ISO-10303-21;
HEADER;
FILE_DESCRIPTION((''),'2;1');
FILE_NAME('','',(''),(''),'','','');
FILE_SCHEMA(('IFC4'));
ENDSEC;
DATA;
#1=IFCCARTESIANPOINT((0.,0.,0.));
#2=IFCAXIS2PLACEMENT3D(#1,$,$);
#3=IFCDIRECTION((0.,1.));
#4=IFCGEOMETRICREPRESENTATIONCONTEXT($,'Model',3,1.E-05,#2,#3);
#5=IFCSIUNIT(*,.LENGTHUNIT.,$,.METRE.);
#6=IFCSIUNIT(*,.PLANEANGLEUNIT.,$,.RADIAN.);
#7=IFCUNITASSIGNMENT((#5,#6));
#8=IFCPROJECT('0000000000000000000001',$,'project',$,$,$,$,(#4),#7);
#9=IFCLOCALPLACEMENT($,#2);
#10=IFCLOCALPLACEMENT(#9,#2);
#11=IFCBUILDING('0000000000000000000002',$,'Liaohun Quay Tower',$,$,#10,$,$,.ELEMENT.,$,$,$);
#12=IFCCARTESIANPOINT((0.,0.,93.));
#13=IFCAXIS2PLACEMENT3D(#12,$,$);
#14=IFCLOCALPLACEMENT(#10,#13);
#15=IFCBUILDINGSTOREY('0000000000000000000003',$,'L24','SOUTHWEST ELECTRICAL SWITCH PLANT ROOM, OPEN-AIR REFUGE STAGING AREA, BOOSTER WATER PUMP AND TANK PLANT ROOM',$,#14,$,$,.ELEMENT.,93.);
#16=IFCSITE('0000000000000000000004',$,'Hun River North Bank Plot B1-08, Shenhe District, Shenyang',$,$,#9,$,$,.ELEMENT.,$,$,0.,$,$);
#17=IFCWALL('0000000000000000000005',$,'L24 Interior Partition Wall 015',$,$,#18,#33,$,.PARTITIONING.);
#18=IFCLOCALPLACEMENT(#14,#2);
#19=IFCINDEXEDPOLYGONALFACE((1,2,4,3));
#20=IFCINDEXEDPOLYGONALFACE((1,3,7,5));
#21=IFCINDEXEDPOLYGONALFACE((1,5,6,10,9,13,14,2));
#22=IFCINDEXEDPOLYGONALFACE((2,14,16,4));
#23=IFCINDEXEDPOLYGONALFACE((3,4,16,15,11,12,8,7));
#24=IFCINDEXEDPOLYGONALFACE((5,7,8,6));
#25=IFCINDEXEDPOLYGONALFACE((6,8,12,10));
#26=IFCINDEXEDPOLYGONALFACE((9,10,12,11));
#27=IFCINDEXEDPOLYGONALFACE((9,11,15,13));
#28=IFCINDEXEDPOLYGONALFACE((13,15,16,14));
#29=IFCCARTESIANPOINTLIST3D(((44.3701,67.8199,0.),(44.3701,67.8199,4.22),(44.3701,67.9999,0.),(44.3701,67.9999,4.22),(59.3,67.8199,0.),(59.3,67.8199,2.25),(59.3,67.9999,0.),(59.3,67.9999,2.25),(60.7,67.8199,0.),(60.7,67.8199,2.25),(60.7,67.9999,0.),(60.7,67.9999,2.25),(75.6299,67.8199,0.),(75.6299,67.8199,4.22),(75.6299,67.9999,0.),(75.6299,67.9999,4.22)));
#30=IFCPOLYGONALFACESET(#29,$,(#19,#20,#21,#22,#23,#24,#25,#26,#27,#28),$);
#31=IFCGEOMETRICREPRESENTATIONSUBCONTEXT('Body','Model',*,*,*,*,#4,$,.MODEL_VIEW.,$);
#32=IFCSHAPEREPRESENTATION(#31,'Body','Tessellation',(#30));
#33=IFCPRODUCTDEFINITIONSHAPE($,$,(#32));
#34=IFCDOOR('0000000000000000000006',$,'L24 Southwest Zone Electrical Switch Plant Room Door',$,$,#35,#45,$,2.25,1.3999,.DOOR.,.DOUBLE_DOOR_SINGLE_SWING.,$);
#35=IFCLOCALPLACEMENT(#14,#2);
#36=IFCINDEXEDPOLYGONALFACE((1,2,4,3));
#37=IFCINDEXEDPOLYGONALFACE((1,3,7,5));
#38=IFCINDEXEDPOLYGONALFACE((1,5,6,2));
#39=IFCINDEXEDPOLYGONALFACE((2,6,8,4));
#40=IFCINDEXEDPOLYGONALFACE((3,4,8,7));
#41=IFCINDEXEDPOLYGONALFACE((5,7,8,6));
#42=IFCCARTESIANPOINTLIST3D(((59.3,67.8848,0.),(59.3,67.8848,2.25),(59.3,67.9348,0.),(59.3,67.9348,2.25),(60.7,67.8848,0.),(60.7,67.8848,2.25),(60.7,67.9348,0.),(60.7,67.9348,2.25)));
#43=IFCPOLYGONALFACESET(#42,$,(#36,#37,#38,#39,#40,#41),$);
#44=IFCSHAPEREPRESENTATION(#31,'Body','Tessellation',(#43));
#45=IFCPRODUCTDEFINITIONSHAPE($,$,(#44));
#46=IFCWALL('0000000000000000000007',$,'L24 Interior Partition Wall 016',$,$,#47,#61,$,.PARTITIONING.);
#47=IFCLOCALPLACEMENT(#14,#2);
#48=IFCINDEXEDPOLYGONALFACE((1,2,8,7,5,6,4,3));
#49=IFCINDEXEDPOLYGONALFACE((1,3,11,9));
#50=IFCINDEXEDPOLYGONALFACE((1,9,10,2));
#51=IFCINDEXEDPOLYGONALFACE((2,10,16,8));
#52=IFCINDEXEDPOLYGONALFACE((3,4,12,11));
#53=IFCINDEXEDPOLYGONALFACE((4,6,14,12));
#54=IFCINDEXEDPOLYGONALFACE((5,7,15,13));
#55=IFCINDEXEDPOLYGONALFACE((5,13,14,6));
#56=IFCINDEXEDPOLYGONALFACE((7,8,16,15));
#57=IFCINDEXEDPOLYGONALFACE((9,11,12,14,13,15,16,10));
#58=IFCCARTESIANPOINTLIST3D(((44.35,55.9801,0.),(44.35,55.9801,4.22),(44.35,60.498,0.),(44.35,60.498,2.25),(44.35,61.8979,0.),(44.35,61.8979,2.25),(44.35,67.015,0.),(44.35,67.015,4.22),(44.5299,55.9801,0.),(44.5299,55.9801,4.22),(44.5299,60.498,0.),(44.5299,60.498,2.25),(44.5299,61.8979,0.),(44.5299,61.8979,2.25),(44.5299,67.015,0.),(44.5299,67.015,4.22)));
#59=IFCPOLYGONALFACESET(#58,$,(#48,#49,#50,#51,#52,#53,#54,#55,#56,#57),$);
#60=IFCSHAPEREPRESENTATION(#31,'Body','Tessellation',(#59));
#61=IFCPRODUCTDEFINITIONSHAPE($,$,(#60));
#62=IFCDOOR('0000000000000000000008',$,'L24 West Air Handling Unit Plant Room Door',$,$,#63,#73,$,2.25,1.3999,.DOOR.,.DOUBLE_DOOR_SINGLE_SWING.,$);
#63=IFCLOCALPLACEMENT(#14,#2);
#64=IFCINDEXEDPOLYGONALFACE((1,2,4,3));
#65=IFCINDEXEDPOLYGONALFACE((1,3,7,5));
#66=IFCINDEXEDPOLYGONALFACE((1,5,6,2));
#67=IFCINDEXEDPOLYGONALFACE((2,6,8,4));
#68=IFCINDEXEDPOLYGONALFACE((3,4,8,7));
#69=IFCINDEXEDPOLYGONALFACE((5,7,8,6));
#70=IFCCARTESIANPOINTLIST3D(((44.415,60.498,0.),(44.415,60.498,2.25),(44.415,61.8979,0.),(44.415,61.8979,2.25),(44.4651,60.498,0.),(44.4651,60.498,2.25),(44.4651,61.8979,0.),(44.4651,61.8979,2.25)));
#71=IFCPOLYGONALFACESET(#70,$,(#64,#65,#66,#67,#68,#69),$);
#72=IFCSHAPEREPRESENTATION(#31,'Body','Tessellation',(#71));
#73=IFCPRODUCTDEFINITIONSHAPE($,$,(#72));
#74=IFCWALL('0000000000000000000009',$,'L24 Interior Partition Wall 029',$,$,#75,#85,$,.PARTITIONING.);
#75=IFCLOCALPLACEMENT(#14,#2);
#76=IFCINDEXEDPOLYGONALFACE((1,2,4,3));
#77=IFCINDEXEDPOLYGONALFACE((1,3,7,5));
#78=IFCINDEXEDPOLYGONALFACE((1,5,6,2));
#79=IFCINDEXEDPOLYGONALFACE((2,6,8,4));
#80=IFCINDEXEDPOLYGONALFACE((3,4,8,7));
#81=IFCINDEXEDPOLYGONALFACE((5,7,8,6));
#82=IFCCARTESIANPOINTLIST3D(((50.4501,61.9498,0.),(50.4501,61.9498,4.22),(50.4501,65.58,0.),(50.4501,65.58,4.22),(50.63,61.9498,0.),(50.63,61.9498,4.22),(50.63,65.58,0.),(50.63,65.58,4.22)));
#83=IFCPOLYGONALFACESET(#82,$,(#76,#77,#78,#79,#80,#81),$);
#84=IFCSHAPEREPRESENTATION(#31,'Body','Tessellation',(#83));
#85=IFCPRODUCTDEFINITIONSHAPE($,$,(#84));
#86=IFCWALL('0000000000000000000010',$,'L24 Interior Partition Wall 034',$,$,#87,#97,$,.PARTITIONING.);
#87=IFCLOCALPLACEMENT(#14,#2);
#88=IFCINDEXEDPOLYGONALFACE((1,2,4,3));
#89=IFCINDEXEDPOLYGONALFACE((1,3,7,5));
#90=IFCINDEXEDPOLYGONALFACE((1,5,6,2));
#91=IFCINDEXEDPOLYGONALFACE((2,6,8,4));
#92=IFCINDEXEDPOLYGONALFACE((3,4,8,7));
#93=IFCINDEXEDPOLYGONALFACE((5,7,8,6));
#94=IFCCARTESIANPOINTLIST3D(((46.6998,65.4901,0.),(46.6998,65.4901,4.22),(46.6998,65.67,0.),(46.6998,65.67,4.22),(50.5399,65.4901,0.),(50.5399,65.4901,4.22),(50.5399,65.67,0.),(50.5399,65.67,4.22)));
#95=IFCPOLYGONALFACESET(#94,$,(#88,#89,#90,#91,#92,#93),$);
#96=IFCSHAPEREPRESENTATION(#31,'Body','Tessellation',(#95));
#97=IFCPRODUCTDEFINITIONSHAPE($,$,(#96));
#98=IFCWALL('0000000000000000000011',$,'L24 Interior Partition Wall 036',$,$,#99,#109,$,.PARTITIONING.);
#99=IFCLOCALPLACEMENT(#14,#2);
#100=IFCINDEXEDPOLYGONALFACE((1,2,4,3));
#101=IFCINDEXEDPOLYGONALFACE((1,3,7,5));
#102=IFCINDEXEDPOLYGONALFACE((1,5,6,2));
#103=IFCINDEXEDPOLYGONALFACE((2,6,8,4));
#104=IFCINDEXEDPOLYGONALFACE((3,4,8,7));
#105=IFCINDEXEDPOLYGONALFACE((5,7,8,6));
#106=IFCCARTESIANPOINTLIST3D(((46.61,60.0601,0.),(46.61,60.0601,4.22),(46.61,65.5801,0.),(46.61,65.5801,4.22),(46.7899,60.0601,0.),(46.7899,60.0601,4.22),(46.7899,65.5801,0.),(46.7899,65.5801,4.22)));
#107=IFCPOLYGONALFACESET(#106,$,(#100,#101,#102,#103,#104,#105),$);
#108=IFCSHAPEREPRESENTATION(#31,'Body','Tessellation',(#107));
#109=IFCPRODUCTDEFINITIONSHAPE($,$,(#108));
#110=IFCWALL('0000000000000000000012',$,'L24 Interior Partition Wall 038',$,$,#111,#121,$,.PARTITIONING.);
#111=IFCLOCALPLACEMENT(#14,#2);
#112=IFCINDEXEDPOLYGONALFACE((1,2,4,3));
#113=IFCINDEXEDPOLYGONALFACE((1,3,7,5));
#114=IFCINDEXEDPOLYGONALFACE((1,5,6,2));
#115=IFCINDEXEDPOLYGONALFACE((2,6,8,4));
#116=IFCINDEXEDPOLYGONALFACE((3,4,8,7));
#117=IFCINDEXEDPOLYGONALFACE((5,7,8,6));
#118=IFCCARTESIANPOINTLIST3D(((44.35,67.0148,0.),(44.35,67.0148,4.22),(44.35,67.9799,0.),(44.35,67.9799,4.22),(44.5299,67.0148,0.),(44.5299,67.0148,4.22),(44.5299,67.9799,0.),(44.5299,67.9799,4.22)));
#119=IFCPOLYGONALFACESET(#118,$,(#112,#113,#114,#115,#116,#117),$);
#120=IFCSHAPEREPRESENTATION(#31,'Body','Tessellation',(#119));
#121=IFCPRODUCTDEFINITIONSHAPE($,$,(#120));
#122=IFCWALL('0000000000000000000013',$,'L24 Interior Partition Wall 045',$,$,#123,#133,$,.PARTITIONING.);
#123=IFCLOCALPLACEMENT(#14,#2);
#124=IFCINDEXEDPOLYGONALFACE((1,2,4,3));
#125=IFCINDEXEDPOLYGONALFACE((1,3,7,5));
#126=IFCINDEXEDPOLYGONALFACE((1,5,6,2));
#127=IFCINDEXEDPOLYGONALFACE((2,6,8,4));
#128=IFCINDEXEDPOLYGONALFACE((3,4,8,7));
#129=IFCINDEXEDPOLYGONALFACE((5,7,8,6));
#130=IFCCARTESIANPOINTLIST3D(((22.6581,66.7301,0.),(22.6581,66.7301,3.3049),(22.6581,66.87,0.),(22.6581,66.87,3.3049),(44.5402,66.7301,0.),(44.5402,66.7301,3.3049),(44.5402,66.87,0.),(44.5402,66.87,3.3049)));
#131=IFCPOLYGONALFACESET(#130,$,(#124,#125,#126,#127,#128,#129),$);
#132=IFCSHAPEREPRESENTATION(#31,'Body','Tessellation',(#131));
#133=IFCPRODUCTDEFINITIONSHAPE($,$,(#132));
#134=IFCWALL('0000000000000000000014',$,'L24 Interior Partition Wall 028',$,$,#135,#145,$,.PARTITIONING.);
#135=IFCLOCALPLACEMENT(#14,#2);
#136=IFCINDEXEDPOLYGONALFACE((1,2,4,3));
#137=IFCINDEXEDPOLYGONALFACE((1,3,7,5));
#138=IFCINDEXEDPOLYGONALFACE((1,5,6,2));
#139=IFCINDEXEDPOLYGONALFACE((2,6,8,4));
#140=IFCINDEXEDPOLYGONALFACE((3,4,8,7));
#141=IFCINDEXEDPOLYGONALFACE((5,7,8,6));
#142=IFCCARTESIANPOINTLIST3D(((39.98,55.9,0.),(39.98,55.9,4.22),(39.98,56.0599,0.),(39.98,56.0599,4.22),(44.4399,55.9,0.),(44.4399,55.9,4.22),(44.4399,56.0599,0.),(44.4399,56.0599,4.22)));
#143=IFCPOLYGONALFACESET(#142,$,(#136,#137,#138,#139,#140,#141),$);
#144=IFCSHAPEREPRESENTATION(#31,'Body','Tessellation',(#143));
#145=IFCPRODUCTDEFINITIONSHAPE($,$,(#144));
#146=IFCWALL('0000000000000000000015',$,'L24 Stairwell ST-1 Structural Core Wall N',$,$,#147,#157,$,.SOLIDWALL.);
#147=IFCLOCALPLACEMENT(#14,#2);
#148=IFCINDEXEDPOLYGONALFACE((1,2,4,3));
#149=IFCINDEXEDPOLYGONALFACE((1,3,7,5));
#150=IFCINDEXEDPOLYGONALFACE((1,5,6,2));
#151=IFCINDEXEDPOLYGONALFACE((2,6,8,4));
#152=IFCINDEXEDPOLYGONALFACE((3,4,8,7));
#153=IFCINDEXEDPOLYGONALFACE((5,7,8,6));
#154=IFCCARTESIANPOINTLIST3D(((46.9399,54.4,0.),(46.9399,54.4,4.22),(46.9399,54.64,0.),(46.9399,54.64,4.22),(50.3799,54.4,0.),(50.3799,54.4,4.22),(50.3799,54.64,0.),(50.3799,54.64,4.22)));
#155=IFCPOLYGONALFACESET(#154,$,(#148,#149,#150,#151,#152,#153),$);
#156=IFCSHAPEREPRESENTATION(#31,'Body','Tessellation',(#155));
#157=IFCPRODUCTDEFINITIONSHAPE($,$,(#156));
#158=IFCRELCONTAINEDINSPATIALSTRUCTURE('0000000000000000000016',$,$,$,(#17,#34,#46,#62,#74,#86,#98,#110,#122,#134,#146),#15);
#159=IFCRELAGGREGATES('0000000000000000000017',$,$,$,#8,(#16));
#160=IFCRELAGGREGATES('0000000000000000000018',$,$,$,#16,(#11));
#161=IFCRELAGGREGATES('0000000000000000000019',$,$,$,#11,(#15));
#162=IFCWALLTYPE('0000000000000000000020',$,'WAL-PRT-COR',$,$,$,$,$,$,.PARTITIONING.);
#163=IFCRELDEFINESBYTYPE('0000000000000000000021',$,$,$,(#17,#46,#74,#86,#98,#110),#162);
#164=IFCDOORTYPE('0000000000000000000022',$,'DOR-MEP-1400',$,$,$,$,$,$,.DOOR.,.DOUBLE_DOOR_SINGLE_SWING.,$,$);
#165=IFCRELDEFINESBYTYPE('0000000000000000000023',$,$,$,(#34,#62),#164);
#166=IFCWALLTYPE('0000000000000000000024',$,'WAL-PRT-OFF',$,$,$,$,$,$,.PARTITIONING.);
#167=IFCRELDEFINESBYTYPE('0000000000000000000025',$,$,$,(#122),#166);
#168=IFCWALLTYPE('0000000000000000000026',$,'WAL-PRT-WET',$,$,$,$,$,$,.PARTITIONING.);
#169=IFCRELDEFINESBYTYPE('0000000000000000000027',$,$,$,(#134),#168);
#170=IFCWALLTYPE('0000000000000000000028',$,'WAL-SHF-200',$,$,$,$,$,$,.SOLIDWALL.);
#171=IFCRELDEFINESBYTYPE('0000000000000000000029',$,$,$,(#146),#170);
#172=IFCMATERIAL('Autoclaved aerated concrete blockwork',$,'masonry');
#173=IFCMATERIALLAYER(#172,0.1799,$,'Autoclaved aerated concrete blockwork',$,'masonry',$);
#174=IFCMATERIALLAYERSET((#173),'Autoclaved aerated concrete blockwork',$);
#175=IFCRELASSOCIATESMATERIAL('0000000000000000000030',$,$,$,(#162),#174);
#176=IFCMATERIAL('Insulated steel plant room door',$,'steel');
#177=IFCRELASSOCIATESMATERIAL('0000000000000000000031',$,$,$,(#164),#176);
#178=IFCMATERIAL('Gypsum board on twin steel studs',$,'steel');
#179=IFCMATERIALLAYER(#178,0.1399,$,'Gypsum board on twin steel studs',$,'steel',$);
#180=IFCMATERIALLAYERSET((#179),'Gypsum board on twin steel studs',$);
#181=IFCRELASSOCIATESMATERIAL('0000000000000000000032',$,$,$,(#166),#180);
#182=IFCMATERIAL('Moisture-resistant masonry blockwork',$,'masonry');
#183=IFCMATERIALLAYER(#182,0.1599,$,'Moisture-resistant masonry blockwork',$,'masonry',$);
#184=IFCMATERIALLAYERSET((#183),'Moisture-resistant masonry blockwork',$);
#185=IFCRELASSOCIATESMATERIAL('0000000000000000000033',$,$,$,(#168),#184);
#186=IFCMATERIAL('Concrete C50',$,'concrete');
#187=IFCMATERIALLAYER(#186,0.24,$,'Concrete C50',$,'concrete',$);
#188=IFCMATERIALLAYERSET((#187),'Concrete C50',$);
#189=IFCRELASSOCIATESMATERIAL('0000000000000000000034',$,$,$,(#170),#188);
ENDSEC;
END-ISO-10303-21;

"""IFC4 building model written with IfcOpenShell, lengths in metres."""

from ifc_helpers import new_model, si_unit, direction, frame, frame_2d, origin, place, context, subcontext, project, spatial, rectangle, extrude, source, transform, mapped, material, layer, layer_set, type_object, element, fill, save


model = new_model("IFC4")

# Units and contexts
model_context = context("Model", 3, precision=1e-05, world=origin(), true_north=direction((0.0, 1.0)))
body_context = subcontext(model_context, "Body", "Model", "MODEL_VIEW")
ifc_project = project(units=[si_unit("LENGTHUNIT", "METRE"), si_unit("PLANEANGLEUNIT", "RADIAN")], contexts=[model_context])

# Site, building, storey
site_placement = place(None, origin())
site = spatial("IfcSite", under=ifc_project, at=site_placement, Name="Hun River North Bank Plot B1-08, Shenhe District, Shenyang", CompositionType="ELEMENT", RefElevation=0.0)
building_placement = place(site_placement, origin())
building = spatial("IfcBuilding", under=site, at=building_placement, Name="Liaohun Quay Tower", CompositionType="ELEMENT")
storey_placement = place(building_placement, frame((0.0, 0.0, 93.0)))
storey = spatial("IfcBuildingStorey", under=building, at=storey_placement, Name="L24", Description="SOUTHWEST ELECTRICAL SWITCH PLANT ROOM, OPEN-AIR REFUGE STAGING AREA, BOOSTER WATER PUMP AND TANK PLANT ROOM", CompositionType="ELEMENT", Elevation=93.0)

# Walls, openings, doors
ifc_material_1 = material(Name="Autoclaved aerated concrete blockwork", Category="masonry")
ifc_layer_1 = layer(ifc_material_1, 0.1799, Name="Autoclaved aerated concrete blockwork", Category="masonry")
ifc_layer_set_1 = layer_set([ifc_layer_1], Name="Autoclaved aerated concrete blockwork")
wall_type_1 = type_object("IfcWallType", Name="WAL-PRT-COR", PredefinedType="PARTITIONING", material=ifc_layer_set_1)
wall_1_placement = place(storey_placement, frame((44.3701, 67.9099, 0.0), z_axis=(0.0, 0.0, 1.0), x_axis=(1.0, 0.0, 0.0)))
wall_1 = element("IfcWall", 1, at=wall_1_placement, inside=storey, type_object=wall_type_1, Name="L24 Interior Partition Wall 015", PredefinedType="PARTITIONING", context=body_context, shape_type="SweptSolid", body=[
    extrude(rectangle(XDim=31.2598, YDim=0.1799, at=frame_2d((15.6299, 0.0))), origin(), (0.0, 0.0, 1.0), 4.22),
])
shared_shape_1 = source(origin(), body_context, "Body", "SweptSolid", [
    extrude(rectangle(XDim=1.3999, YDim=2.25, at=frame_2d((0.7, 1.125))), frame((0.0, 0.0999, 0.0), z_axis=(0.0, -1.0, 0.0), x_axis=(1.0, 0.0, 0.0)), (0.0, 0.0, 1.0), 0.2),
])
opening_1_placement = place(wall_1_placement, frame((14.9299, 0.0, 0.0)))
opening_1 = element("IfcOpeningElement", 2, at=opening_1_placement, cuts=wall_1, PredefinedType="OPENING", context=body_context, shape_type="MappedRepresentation", body=[
    mapped(shared_shape_1, transform((0.0, 0.0, 0.0), x_axis=(1.0, 0.0, 0.0), y_axis=(0.0, 1.0, 0.0), z_axis=(0.0, 0.0, 1.0), scale=1.0)),
])
ifc_material_2 = material(Name="Insulated steel plant room door", Category="steel")
door_type_1 = type_object("IfcDoorType", Name="DOR-MEP-1400", OperationType="DOUBLE_DOOR_SINGLE_SWING", PredefinedType="DOOR", material=ifc_material_2)
shared_shape_2 = source(origin(), body_context, "Body", "SweptSolid", [
    extrude(rectangle(XDim=1.3999, YDim=2.25, at=frame_2d((0.7, 1.125))), frame((0.0, 0.0249, 0.0), z_axis=(0.0, -1.0, 0.0), x_axis=(1.0, 0.0, 0.0)), (0.0, 0.0, 1.0), 0.05),
])
door_1_placement = place(opening_1_placement, origin())
door_1 = element("IfcDoor", 3, at=door_1_placement, inside=storey, type_object=door_type_1, Name="L24 Southwest Zone Electrical Switch Plant Room Door", OperationType="DOUBLE_DOOR_SINGLE_SWING", OverallHeight=2.25, OverallWidth=1.3999, PredefinedType="DOOR", context=body_context, shape_type="MappedRepresentation", body=[
    mapped(shared_shape_2, transform((0.0, 0.0, 0.0), x_axis=(1.0, 0.0, 0.0), y_axis=(0.0, 1.0, 0.0), z_axis=(0.0, 0.0, 1.0), scale=1.0)),
])
fill(opening_1, door_1)
wall_2_placement = place(storey_placement, frame((44.4399, 55.98, 0.0), z_axis=(0.0, 0.0, 1.0), x_axis=(0.0, 1.0, 0.0)))
wall_2 = element("IfcWall", 4, at=wall_2_placement, inside=storey, type_object=wall_type_1, Name="L24 Interior Partition Wall 016", PredefinedType="PARTITIONING", context=body_context, shape_type="SweptSolid", body=[
    extrude(rectangle(XDim=11.0349, YDim=0.1799, at=frame_2d((5.5176, 0.0))), origin(), (0.0, 0.0, 1.0), 4.22),
])
opening_2_placement = place(wall_2_placement, frame((4.5181, 0.0, 0.0)))
opening_2 = element("IfcOpeningElement", 5, at=opening_2_placement, cuts=wall_2, PredefinedType="OPENING", context=body_context, shape_type="MappedRepresentation", body=[
    mapped(shared_shape_1, transform((0.0, 0.0, 0.0), x_axis=(1.0, 0.0, 0.0), y_axis=(0.0, 1.0, 0.0), z_axis=(0.0, 0.0, 1.0), scale=1.0)),
])
door_2_placement = place(opening_2_placement, origin())
door_2 = element("IfcDoor", 6, at=door_2_placement, inside=storey, type_object=door_type_1, Name="L24 West Air Handling Unit Plant Room Door", OperationType="DOUBLE_DOOR_SINGLE_SWING", OverallHeight=2.25, OverallWidth=1.3999, PredefinedType="DOOR", context=body_context, shape_type="MappedRepresentation", body=[
    mapped(shared_shape_2, transform((0.0, 0.0, 0.0), x_axis=(1.0, 0.0, 0.0), y_axis=(0.0, 1.0, 0.0), z_axis=(0.0, 0.0, 1.0), scale=1.0)),
])
fill(opening_2, door_2)

# Walls
wall_3_placement = place(storey_placement, frame((50.54, 61.95, 0.0), z_axis=(0.0, 0.0, 1.0), x_axis=(0.0, 1.0, 0.0)))
element("IfcWall", 7, at=wall_3_placement, inside=storey, type_object=wall_type_1, Name="L24 Interior Partition Wall 029", PredefinedType="PARTITIONING", context=body_context, shape_type="SweptSolid", body=[
    extrude(rectangle(XDim=3.6301, YDim=0.1799, at=frame_2d((1.8149, 0.0))), origin(), (0.0, 0.0, 1.0), 4.22),
])
wall_4_placement = place(storey_placement, frame((46.7, 65.5801, 0.0), z_axis=(0.0, 0.0, 1.0), x_axis=(1.0, 0.0, 0.0)))
element("IfcWall", 8, at=wall_4_placement, inside=storey, type_object=wall_type_1, Name="L24 Interior Partition Wall 034", PredefinedType="PARTITIONING", context=body_context, shape_type="SweptSolid", body=[
    extrude(rectangle(XDim=3.8401, YDim=0.1799, at=frame_2d((1.9199, 0.0))), origin(), (0.0, 0.0, 1.0), 4.22),
])
wall_5_placement = place(storey_placement, frame((46.7, 60.0601, 0.0), z_axis=(0.0, 0.0, 1.0), x_axis=(0.0, 1.0, 0.0)))
element("IfcWall", 9, at=wall_5_placement, inside=storey, type_object=wall_type_1, Name="L24 Interior Partition Wall 036", PredefinedType="PARTITIONING", context=body_context, shape_type="SweptSolid", body=[
    extrude(rectangle(XDim=5.52, YDim=0.1799, at=frame_2d((2.76, 0.0))), origin(), (0.0, 0.0, 1.0), 4.22),
])
wall_6_placement = place(storey_placement, frame((44.4399, 67.0149, 0.0), z_axis=(0.0, 0.0, 1.0), x_axis=(0.0, 1.0, 0.0)))
element("IfcWall", 10, at=wall_6_placement, inside=storey, type_object=wall_type_1, Name="L24 Interior Partition Wall 038", PredefinedType="PARTITIONING", context=body_context, shape_type="SweptSolid", body=[
    extrude(rectangle(XDim=0.9651, YDim=0.1799, at=frame_2d((0.4824, 0.0))), origin(), (0.0, 0.0, 1.0), 4.22),
])
ifc_material_3 = material(Name="Gypsum board on twin steel studs", Category="steel")
ifc_layer_2 = layer(ifc_material_3, 0.1399, Name="Gypsum board on twin steel studs", Category="steel")
ifc_layer_set_2 = layer_set([ifc_layer_2], Name="Gypsum board on twin steel studs")
wall_type_2 = type_object("IfcWallType", Name="WAL-PRT-OFF", PredefinedType="PARTITIONING", material=ifc_layer_set_2)
wall_7_placement = place(storey_placement, frame((44.54, 66.8, 0.0), z_axis=(0.0, 0.0, 1.0), x_axis=(-1.0, 0.0, 0.0)))
element("IfcWall", 11, at=wall_7_placement, inside=storey, type_object=wall_type_2, Name="L24 Interior Partition Wall 045", PredefinedType="PARTITIONING", context=body_context, shape_type="SweptSolid", body=[
    extrude(rectangle(XDim=21.8821, YDim=0.1399, at=frame_2d((10.9409, 0.0))), origin(), (0.0, 0.0, 1.0), 3.3049),
])

# Shared definitions
ifc_material_4 = material(Name="Moisture-resistant masonry blockwork", Category="masonry")
ifc_layer_3 = layer(ifc_material_4, 0.1599, Name="Moisture-resistant masonry blockwork", Category="masonry")
ifc_layer_set_3 = layer_set([ifc_layer_3], Name="Moisture-resistant masonry blockwork")
wall_type_3 = type_object("IfcWallType", Name="WAL-PRT-WET", PredefinedType="PARTITIONING", material=ifc_layer_set_3)

# Walls
wall_8_placement = place(storey_placement, frame((39.98, 55.98, 0.0), z_axis=(0.0, 0.0, 1.0), x_axis=(1.0, 0.0, 0.0)))
element("IfcWall", 12, at=wall_8_placement, inside=storey, type_object=wall_type_3, Name="L24 Interior Partition Wall 028", PredefinedType="PARTITIONING", context=body_context, shape_type="SweptSolid", body=[
    extrude(rectangle(XDim=4.46, YDim=0.1599, at=frame_2d((2.23, 0.0))), origin(), (0.0, 0.0, 1.0), 4.22),
])
ifc_material_5 = material(Name="Concrete C50", Category="concrete")
ifc_layer_4 = layer(ifc_material_5, 0.24, Name="Concrete C50", Category="concrete")
ifc_layer_set_4 = layer_set([ifc_layer_4], Name="Concrete C50")
wall_type_4 = type_object("IfcWallType", Name="WAL-SHF-200", PredefinedType="SOLIDWALL", material=ifc_layer_set_4)
wall_9_placement = place(storey_placement, frame((50.3799, 54.52, 0.0), z_axis=(0.0, 0.0, 1.0), x_axis=(-1.0, 0.0, 0.0)))
element("IfcWall", 13, at=wall_9_placement, inside=storey, type_object=wall_type_4, Name="L24 Stairwell ST-1 Structural Core Wall N", PredefinedType="SOLIDWALL", context=body_context, shape_type="SweptSolid", body=[
    extrude(rectangle(XDim=3.4399, YDim=0.24, at=frame_2d((1.72, 0.0))), origin(), (0.0, 0.0, 1.0), 4.22),
])

save(model, "model.ifc")
